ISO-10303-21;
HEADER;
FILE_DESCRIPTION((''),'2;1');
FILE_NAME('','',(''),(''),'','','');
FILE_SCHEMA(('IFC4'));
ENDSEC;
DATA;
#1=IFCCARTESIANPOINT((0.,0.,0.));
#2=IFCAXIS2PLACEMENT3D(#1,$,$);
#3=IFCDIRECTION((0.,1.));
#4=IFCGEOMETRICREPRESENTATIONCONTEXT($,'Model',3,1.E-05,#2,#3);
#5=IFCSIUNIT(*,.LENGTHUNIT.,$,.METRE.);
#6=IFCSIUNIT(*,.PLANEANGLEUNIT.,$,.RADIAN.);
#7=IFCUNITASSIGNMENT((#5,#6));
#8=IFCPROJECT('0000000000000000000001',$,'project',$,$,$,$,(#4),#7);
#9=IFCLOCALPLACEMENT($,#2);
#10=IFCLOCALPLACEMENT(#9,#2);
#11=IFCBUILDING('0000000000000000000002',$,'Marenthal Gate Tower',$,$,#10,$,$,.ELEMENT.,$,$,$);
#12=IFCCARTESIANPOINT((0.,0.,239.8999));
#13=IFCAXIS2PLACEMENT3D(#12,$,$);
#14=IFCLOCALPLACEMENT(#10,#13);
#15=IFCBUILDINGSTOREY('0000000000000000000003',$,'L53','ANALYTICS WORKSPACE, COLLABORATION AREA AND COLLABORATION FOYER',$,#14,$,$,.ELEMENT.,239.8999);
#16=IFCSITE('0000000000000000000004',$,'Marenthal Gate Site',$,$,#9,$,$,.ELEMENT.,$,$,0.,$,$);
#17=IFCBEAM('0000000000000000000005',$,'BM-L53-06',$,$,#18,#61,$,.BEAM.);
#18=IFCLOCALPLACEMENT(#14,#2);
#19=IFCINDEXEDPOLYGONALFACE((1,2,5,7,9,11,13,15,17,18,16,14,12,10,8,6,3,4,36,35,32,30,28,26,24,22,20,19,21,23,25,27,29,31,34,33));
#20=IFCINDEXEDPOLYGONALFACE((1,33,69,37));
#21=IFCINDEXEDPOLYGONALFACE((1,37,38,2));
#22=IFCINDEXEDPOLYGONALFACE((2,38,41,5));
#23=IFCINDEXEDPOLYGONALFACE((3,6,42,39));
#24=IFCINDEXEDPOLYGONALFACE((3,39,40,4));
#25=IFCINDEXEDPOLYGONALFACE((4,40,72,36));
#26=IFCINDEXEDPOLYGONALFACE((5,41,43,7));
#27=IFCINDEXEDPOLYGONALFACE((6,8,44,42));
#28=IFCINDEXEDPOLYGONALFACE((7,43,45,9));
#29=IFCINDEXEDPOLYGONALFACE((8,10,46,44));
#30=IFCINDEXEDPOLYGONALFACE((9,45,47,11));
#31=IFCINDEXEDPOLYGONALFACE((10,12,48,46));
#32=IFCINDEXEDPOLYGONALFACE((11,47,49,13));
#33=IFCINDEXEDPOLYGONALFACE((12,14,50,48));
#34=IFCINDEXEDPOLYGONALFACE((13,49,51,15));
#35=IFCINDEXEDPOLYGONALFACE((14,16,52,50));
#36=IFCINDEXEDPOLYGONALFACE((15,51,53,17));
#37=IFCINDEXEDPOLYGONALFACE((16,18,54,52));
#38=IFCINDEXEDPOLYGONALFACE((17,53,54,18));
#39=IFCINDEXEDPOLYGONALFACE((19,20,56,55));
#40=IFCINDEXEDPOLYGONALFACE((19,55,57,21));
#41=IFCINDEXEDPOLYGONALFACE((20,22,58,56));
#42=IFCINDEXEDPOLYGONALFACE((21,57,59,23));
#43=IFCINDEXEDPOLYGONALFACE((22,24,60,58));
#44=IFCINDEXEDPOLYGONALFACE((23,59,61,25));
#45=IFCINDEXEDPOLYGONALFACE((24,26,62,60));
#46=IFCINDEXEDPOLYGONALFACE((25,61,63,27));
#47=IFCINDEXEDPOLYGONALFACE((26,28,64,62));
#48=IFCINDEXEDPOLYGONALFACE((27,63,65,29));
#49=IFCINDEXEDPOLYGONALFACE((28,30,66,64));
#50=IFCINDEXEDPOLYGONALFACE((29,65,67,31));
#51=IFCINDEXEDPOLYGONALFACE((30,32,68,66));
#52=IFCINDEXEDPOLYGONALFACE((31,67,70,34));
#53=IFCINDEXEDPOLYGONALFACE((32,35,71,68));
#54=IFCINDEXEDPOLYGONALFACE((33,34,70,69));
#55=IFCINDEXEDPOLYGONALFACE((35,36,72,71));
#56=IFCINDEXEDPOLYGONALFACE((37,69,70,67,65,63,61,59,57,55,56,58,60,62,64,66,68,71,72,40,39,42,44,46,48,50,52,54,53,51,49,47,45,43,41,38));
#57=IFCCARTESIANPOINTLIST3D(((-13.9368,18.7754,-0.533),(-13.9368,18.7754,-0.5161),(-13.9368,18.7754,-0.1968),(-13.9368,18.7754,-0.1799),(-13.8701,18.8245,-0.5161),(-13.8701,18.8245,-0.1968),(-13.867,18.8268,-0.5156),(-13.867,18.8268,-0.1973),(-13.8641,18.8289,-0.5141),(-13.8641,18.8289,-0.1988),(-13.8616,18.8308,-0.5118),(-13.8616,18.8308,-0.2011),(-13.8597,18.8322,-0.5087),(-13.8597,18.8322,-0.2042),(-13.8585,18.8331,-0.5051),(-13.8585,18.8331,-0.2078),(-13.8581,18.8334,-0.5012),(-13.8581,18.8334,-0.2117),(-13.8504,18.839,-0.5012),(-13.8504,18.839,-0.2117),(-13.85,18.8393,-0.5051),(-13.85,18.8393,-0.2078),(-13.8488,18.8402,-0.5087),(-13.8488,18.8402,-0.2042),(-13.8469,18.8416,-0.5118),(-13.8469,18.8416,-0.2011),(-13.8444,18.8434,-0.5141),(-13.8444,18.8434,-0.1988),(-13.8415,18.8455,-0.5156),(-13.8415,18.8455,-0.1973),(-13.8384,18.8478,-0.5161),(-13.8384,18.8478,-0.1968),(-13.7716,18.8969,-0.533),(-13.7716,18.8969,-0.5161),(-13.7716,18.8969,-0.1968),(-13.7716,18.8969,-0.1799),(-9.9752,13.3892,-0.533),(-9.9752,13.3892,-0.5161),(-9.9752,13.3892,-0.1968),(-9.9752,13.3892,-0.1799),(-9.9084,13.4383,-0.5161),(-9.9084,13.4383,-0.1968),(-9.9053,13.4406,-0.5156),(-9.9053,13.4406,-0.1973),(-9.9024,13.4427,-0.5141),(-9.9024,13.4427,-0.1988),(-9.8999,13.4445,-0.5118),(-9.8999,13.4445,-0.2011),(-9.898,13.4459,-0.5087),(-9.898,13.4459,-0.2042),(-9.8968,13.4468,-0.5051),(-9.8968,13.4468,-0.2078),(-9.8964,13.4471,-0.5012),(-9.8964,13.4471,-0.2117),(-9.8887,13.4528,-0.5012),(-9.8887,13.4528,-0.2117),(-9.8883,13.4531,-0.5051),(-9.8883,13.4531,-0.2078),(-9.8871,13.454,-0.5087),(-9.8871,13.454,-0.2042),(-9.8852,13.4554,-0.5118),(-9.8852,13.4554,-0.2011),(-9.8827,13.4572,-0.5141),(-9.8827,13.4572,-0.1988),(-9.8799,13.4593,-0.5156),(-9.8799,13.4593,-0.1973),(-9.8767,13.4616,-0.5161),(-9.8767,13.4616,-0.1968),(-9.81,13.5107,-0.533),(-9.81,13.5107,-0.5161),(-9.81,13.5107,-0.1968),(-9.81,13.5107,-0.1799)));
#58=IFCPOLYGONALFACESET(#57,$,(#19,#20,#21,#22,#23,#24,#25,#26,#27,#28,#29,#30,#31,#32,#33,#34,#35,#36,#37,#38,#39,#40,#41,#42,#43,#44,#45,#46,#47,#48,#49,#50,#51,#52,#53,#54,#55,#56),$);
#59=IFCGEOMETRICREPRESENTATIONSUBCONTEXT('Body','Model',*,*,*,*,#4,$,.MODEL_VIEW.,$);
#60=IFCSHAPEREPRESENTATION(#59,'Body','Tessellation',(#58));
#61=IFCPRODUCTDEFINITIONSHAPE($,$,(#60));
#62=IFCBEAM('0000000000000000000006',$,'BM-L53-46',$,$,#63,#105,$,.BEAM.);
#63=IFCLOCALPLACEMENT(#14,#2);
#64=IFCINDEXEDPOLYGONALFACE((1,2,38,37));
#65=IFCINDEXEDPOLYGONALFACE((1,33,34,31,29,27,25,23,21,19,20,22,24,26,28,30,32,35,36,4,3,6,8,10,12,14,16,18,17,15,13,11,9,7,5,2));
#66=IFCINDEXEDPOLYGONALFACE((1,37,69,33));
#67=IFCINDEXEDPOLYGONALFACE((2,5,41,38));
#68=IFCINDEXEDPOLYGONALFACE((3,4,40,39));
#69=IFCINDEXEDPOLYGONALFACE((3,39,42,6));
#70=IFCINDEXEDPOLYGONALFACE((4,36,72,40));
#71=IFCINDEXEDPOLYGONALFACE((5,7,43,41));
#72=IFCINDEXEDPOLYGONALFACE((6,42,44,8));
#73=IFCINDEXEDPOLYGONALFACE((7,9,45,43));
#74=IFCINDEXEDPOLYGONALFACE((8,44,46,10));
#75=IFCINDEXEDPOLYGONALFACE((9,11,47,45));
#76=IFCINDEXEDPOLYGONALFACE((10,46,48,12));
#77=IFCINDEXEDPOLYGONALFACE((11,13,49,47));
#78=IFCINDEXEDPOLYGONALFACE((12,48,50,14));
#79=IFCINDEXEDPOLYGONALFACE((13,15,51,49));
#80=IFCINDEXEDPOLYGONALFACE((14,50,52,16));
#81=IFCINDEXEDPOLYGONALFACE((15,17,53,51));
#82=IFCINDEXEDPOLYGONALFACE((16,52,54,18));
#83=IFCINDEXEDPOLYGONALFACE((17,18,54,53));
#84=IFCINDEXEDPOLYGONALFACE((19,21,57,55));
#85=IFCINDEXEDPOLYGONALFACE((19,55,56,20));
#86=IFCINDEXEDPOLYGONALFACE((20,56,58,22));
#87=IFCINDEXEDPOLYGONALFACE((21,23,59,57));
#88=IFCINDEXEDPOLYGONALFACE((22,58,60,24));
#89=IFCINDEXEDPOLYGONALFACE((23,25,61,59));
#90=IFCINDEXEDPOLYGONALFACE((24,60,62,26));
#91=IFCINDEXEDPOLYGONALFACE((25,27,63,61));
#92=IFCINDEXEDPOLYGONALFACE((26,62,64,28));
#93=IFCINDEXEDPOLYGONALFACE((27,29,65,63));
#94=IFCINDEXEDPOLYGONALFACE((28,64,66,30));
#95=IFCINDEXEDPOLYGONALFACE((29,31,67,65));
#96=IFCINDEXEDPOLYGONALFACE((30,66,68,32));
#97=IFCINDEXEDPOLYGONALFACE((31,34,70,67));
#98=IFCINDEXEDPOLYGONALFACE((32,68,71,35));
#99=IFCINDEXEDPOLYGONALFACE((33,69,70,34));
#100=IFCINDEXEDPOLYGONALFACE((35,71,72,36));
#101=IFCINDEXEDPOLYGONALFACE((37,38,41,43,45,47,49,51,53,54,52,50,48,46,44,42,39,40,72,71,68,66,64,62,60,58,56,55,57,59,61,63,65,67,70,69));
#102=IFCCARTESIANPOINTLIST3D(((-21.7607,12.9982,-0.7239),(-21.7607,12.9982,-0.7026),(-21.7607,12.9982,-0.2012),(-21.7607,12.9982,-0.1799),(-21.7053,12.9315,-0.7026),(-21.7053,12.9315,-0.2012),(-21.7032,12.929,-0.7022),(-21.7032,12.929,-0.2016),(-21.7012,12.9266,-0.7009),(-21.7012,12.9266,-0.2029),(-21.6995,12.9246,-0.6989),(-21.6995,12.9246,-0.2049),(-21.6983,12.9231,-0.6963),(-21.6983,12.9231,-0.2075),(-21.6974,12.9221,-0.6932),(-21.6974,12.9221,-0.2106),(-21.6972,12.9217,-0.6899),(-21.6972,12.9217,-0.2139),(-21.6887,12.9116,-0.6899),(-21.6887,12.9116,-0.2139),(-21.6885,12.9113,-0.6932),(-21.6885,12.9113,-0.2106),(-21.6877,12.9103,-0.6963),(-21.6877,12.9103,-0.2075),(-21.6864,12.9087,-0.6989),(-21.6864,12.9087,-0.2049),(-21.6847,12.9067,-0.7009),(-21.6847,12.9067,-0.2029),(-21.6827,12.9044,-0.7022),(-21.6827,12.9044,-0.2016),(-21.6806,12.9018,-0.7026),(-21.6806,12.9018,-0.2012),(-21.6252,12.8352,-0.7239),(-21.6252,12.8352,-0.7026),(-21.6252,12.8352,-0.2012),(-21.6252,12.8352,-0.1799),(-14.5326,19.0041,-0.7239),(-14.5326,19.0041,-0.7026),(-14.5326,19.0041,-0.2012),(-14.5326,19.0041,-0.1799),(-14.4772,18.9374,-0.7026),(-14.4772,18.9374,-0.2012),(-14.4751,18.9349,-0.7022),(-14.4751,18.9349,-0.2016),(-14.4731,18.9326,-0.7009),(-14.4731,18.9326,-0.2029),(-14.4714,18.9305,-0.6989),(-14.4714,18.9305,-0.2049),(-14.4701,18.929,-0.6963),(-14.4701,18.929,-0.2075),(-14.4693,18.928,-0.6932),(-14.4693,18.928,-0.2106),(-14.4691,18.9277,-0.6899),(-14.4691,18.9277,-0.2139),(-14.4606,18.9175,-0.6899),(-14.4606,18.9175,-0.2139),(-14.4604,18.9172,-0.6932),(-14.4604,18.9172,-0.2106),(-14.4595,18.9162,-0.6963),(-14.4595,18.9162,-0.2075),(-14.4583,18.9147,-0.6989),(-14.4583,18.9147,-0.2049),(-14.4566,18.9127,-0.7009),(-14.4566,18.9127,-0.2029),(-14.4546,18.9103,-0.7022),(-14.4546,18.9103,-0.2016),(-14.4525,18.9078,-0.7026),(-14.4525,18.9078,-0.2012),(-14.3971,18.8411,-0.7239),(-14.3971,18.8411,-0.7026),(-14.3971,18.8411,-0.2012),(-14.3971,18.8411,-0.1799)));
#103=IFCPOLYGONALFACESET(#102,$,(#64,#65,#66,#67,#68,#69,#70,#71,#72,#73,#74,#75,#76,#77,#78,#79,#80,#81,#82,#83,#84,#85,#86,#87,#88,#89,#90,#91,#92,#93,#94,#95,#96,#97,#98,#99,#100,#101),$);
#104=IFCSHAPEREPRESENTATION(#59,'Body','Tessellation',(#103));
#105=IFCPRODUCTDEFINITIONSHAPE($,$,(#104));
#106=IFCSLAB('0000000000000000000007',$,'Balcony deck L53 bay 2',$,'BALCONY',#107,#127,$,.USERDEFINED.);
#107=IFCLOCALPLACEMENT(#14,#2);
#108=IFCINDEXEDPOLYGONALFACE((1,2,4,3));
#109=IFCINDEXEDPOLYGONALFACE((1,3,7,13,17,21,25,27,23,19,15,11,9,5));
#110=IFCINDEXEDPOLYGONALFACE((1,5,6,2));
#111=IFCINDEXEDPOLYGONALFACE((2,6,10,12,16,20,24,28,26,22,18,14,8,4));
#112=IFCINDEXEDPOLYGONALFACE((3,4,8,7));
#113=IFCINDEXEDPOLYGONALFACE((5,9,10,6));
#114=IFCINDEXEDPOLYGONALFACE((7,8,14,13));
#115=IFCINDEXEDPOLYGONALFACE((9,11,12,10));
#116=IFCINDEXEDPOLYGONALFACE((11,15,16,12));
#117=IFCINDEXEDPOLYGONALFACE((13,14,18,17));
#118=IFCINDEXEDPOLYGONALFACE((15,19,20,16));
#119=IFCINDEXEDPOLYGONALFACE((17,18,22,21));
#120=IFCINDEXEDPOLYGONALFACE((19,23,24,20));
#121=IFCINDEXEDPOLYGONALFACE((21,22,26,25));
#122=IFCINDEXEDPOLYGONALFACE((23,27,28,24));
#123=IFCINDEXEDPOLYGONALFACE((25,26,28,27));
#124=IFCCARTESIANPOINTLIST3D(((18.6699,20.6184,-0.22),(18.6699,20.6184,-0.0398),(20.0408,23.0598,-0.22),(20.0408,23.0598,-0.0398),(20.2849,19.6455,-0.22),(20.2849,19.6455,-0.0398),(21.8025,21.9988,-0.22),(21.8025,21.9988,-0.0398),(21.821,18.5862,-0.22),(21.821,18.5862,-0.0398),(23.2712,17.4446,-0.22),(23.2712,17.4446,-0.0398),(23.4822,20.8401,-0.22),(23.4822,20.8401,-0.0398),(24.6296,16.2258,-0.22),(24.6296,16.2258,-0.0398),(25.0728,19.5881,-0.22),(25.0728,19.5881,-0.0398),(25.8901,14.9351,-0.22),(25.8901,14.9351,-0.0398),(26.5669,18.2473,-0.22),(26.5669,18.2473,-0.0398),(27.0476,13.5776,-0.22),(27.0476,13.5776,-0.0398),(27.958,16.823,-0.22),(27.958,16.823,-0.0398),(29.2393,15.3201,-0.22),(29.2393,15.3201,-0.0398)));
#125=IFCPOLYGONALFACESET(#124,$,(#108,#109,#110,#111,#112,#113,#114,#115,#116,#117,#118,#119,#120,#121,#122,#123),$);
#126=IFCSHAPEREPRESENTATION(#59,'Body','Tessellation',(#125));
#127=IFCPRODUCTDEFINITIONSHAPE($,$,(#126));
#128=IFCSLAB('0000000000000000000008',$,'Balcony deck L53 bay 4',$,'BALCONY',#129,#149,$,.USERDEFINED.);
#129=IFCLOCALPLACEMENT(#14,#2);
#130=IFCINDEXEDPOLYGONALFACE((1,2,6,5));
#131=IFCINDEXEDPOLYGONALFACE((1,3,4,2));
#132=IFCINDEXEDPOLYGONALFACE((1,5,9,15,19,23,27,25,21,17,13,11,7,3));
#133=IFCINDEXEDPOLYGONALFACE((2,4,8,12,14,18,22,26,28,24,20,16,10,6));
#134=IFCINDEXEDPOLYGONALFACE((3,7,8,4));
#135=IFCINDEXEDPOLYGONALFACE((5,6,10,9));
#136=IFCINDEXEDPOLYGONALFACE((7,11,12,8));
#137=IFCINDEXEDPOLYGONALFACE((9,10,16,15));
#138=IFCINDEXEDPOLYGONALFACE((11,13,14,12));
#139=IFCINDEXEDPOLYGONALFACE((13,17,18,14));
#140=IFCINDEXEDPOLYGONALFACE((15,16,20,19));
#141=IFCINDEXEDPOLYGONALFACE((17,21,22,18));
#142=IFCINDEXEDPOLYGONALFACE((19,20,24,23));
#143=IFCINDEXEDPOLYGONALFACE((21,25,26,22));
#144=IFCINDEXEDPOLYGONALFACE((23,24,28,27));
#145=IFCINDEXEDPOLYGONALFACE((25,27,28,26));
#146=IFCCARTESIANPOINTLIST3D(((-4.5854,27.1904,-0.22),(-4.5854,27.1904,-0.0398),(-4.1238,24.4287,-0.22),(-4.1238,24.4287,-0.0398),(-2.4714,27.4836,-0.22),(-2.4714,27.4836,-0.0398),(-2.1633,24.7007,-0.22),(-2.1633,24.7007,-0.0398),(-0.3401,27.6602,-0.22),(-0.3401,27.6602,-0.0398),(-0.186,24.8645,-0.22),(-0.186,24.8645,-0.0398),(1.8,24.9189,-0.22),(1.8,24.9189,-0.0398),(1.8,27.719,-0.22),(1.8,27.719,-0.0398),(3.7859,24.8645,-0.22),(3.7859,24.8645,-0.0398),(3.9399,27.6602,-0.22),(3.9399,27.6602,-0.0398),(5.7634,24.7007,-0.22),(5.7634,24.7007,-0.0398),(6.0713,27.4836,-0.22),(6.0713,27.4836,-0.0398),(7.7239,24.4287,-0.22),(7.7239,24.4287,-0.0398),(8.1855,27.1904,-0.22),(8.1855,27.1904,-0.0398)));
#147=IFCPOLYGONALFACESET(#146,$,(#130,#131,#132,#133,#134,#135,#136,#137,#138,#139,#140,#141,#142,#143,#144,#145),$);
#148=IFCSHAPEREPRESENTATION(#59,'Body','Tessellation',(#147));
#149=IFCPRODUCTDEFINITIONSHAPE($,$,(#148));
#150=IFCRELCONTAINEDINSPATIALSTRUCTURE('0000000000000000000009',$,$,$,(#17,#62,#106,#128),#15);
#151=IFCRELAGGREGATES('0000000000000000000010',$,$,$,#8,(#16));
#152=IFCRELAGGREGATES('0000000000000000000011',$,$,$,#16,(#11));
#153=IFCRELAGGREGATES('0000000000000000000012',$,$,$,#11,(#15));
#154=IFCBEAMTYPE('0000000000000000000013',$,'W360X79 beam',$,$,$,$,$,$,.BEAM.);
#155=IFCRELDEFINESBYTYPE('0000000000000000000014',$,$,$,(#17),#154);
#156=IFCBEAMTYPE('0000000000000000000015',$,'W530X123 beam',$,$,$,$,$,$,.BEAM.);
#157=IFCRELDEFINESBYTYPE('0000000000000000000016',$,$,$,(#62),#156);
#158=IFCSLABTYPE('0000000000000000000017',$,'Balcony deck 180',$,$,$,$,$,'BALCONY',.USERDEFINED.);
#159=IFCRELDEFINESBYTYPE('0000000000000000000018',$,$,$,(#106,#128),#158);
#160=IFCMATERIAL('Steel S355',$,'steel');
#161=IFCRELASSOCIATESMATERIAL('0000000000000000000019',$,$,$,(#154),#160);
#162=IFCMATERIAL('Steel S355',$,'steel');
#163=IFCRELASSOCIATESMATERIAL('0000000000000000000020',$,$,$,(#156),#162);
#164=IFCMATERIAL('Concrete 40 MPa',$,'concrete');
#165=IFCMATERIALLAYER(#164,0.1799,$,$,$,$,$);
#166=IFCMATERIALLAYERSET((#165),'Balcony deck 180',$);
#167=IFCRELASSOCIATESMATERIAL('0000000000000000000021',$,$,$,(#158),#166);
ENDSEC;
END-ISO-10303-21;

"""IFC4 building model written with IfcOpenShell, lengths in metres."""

from ifc_helpers import new_model, si_unit, direction, frame, origin, origin_2d, place, context, subcontext, project, spatial, polyline, i_section, outline, extrude, material, layer, layer_set, material_profile, profile_set, type_object, element, save


model = new_model("IFC4")

# Units and contexts
model_context = context("Model", 3, precision=1e-05, world=origin(), true_north=direction((0.0, 1.0)))
body_context = subcontext(model_context, "Body", "Model", "MODEL_VIEW")
ifc_project = project(units=[si_unit("LENGTHUNIT", "METRE"), si_unit("PLANEANGLEUNIT", "RADIAN")], contexts=[model_context])

# Site, building, storey
site_placement = place(None, origin())
site = spatial("IfcSite", under=ifc_project, at=site_placement, Name="Marenthal Gate Site", CompositionType="ELEMENT", RefElevation=0.0)
building_placement = place(site_placement, origin())
building = spatial("IfcBuilding", under=site, at=building_placement, Name="Marenthal Gate Tower", CompositionType="ELEMENT")
storey_placement = place(building_placement, frame((0.0, 0.0, 239.8999)))
storey = spatial("IfcBuildingStorey", under=building, at=storey_placement, Name="L53", Description="ANALYTICS WORKSPACE, COLLABORATION AREA AND COLLABORATION FOYER", CompositionType="ELEMENT", Elevation=239.8999)

# Beams
ifc_material_1 = material(Name="Steel S355", Category="steel")
ifc_material_profile_1 = material_profile(ifc_material_1, i_section(OverallWidth=0.2051, OverallDepth=0.353, WebThickness=0.0095, FlangeThickness=0.0168, FilletRadius=0.0149, at=origin_2d()), Name="W360X79")
ifc_profile_set_1 = profile_set([ifc_material_profile_1], Name="Steel S355")
beam_type_1 = type_object("IfcBeamType", Name="W360X79 beam", PredefinedType="BEAM", material=ifc_profile_set_1)
beam_1_placement = place(storey_placement, frame((-13.8542, 18.8362, -0.3564), z_axis=(0.592508, -0.805565, 0.0), x_axis=(0.805565, 0.592508, 0.0)))
element("IfcBeam", 1, at=beam_1_placement, inside=storey, type_object=beam_type_1, Name="BM-L53-06", PredefinedType="BEAM", context=body_context, shape_type="SweptSolid", body=[
    extrude(i_section(OverallWidth=0.2051, OverallDepth=0.353, WebThickness=0.0095, FlangeThickness=0.0168, FilletRadius=0.0149, at=origin_2d()), origin(), (0.0, 0.0, 1.0), 6.6863),
])
ifc_material_2 = material(Name="Steel S355", Category="steel")
ifc_material_profile_2 = material_profile(ifc_material_2, i_section(OverallWidth=0.2119, OverallDepth=0.5439, WebThickness=0.0132, FlangeThickness=0.0212, FilletRadius=0.0127, at=origin_2d()), Name="W530X123")
ifc_profile_set_2 = profile_set([ifc_material_profile_2], Name="Steel S355")
beam_type_2 = type_object("IfcBeamType", Name="W530X123 beam", PredefinedType="BEAM", material=ifc_profile_set_2)
beam_2_placement = place(storey_placement, frame((-14.4648, 18.9226, -0.4519), z_axis=(-0.769136, -0.639085, 0.0), x_axis=(0.639085, -0.769136, 0.0)))
element("IfcBeam", 2, at=beam_2_placement, inside=storey, type_object=beam_type_2, Name="BM-L53-46", PredefinedType="BEAM", context=body_context, shape_type="SweptSolid", body=[
    extrude(i_section(OverallWidth=0.2119, OverallDepth=0.5439, WebThickness=0.0132, FlangeThickness=0.0212, FilletRadius=0.0127, at=origin_2d()), origin(), (0.0, 0.0, 1.0), 9.3977),
])

# Slabs
ifc_material_3 = material(Name="Concrete 40 MPa", Category="concrete")
ifc_layer_1 = layer(ifc_material_3, 0.1799)
ifc_layer_set_1 = layer_set([ifc_layer_1], Name="Balcony deck 180")
slab_type_1 = type_object("IfcSlabType", Name="Balcony deck 180", ElementType="BALCONY", PredefinedType="USERDEFINED", material=ifc_layer_set_1)
slab_1_placement = place(storey_placement, frame((0.0, 0.0, -0.22)))
element("IfcSlab", 3, at=slab_1_placement, inside=storey, type_object=slab_type_1, Name="Balcony deck L53 bay 2", ObjectType="BALCONY", PredefinedType="USERDEFINED", context=body_context, shape_type="SweptSolid", body=[
    extrude(outline(polyline([(27.0476, 13.5776), (25.8901, 14.9351), (24.6296, 16.2258), (23.2712, 17.4446), (21.821, 18.5862), (20.2849, 19.6455), (18.6699, 20.6184), (20.0408, 23.0598), (21.8025, 21.9988), (23.4822, 20.8401), (25.0728, 19.5881), (26.5669, 18.2473), (27.958, 16.823), (29.2393, 15.3201), (27.0476, 13.5776)])), origin(), (0.0, 0.0, 1.0), 0.1802),
])
slab_2_placement = place(storey_placement, frame((0.0, 0.0, -0.22)))
element("IfcSlab", 4, at=slab_2_placement, inside=storey, type_object=slab_type_1, Name="Balcony deck L53 bay 4", ObjectType="BALCONY", PredefinedType="USERDEFINED", context=body_context, shape_type="SweptSolid", body=[
    extrude(outline(polyline([(7.7239, 24.4287), (5.7634, 24.7007), (3.7859, 24.8645), (1.8, 24.9189), (-0.186, 24.8645), (-2.1633, 24.7007), (-4.1238, 24.4287), (-4.5854, 27.1904), (-2.4714, 27.4836), (-0.3401, 27.6602), (1.8, 27.719), (3.9399, 27.6602), (6.0713, 27.4836), (8.1855, 27.1904), (7.7239, 24.4287)])), origin(), (0.0, 0.0, 1.0), 0.1802),
])

save(model, "model.ifc")
